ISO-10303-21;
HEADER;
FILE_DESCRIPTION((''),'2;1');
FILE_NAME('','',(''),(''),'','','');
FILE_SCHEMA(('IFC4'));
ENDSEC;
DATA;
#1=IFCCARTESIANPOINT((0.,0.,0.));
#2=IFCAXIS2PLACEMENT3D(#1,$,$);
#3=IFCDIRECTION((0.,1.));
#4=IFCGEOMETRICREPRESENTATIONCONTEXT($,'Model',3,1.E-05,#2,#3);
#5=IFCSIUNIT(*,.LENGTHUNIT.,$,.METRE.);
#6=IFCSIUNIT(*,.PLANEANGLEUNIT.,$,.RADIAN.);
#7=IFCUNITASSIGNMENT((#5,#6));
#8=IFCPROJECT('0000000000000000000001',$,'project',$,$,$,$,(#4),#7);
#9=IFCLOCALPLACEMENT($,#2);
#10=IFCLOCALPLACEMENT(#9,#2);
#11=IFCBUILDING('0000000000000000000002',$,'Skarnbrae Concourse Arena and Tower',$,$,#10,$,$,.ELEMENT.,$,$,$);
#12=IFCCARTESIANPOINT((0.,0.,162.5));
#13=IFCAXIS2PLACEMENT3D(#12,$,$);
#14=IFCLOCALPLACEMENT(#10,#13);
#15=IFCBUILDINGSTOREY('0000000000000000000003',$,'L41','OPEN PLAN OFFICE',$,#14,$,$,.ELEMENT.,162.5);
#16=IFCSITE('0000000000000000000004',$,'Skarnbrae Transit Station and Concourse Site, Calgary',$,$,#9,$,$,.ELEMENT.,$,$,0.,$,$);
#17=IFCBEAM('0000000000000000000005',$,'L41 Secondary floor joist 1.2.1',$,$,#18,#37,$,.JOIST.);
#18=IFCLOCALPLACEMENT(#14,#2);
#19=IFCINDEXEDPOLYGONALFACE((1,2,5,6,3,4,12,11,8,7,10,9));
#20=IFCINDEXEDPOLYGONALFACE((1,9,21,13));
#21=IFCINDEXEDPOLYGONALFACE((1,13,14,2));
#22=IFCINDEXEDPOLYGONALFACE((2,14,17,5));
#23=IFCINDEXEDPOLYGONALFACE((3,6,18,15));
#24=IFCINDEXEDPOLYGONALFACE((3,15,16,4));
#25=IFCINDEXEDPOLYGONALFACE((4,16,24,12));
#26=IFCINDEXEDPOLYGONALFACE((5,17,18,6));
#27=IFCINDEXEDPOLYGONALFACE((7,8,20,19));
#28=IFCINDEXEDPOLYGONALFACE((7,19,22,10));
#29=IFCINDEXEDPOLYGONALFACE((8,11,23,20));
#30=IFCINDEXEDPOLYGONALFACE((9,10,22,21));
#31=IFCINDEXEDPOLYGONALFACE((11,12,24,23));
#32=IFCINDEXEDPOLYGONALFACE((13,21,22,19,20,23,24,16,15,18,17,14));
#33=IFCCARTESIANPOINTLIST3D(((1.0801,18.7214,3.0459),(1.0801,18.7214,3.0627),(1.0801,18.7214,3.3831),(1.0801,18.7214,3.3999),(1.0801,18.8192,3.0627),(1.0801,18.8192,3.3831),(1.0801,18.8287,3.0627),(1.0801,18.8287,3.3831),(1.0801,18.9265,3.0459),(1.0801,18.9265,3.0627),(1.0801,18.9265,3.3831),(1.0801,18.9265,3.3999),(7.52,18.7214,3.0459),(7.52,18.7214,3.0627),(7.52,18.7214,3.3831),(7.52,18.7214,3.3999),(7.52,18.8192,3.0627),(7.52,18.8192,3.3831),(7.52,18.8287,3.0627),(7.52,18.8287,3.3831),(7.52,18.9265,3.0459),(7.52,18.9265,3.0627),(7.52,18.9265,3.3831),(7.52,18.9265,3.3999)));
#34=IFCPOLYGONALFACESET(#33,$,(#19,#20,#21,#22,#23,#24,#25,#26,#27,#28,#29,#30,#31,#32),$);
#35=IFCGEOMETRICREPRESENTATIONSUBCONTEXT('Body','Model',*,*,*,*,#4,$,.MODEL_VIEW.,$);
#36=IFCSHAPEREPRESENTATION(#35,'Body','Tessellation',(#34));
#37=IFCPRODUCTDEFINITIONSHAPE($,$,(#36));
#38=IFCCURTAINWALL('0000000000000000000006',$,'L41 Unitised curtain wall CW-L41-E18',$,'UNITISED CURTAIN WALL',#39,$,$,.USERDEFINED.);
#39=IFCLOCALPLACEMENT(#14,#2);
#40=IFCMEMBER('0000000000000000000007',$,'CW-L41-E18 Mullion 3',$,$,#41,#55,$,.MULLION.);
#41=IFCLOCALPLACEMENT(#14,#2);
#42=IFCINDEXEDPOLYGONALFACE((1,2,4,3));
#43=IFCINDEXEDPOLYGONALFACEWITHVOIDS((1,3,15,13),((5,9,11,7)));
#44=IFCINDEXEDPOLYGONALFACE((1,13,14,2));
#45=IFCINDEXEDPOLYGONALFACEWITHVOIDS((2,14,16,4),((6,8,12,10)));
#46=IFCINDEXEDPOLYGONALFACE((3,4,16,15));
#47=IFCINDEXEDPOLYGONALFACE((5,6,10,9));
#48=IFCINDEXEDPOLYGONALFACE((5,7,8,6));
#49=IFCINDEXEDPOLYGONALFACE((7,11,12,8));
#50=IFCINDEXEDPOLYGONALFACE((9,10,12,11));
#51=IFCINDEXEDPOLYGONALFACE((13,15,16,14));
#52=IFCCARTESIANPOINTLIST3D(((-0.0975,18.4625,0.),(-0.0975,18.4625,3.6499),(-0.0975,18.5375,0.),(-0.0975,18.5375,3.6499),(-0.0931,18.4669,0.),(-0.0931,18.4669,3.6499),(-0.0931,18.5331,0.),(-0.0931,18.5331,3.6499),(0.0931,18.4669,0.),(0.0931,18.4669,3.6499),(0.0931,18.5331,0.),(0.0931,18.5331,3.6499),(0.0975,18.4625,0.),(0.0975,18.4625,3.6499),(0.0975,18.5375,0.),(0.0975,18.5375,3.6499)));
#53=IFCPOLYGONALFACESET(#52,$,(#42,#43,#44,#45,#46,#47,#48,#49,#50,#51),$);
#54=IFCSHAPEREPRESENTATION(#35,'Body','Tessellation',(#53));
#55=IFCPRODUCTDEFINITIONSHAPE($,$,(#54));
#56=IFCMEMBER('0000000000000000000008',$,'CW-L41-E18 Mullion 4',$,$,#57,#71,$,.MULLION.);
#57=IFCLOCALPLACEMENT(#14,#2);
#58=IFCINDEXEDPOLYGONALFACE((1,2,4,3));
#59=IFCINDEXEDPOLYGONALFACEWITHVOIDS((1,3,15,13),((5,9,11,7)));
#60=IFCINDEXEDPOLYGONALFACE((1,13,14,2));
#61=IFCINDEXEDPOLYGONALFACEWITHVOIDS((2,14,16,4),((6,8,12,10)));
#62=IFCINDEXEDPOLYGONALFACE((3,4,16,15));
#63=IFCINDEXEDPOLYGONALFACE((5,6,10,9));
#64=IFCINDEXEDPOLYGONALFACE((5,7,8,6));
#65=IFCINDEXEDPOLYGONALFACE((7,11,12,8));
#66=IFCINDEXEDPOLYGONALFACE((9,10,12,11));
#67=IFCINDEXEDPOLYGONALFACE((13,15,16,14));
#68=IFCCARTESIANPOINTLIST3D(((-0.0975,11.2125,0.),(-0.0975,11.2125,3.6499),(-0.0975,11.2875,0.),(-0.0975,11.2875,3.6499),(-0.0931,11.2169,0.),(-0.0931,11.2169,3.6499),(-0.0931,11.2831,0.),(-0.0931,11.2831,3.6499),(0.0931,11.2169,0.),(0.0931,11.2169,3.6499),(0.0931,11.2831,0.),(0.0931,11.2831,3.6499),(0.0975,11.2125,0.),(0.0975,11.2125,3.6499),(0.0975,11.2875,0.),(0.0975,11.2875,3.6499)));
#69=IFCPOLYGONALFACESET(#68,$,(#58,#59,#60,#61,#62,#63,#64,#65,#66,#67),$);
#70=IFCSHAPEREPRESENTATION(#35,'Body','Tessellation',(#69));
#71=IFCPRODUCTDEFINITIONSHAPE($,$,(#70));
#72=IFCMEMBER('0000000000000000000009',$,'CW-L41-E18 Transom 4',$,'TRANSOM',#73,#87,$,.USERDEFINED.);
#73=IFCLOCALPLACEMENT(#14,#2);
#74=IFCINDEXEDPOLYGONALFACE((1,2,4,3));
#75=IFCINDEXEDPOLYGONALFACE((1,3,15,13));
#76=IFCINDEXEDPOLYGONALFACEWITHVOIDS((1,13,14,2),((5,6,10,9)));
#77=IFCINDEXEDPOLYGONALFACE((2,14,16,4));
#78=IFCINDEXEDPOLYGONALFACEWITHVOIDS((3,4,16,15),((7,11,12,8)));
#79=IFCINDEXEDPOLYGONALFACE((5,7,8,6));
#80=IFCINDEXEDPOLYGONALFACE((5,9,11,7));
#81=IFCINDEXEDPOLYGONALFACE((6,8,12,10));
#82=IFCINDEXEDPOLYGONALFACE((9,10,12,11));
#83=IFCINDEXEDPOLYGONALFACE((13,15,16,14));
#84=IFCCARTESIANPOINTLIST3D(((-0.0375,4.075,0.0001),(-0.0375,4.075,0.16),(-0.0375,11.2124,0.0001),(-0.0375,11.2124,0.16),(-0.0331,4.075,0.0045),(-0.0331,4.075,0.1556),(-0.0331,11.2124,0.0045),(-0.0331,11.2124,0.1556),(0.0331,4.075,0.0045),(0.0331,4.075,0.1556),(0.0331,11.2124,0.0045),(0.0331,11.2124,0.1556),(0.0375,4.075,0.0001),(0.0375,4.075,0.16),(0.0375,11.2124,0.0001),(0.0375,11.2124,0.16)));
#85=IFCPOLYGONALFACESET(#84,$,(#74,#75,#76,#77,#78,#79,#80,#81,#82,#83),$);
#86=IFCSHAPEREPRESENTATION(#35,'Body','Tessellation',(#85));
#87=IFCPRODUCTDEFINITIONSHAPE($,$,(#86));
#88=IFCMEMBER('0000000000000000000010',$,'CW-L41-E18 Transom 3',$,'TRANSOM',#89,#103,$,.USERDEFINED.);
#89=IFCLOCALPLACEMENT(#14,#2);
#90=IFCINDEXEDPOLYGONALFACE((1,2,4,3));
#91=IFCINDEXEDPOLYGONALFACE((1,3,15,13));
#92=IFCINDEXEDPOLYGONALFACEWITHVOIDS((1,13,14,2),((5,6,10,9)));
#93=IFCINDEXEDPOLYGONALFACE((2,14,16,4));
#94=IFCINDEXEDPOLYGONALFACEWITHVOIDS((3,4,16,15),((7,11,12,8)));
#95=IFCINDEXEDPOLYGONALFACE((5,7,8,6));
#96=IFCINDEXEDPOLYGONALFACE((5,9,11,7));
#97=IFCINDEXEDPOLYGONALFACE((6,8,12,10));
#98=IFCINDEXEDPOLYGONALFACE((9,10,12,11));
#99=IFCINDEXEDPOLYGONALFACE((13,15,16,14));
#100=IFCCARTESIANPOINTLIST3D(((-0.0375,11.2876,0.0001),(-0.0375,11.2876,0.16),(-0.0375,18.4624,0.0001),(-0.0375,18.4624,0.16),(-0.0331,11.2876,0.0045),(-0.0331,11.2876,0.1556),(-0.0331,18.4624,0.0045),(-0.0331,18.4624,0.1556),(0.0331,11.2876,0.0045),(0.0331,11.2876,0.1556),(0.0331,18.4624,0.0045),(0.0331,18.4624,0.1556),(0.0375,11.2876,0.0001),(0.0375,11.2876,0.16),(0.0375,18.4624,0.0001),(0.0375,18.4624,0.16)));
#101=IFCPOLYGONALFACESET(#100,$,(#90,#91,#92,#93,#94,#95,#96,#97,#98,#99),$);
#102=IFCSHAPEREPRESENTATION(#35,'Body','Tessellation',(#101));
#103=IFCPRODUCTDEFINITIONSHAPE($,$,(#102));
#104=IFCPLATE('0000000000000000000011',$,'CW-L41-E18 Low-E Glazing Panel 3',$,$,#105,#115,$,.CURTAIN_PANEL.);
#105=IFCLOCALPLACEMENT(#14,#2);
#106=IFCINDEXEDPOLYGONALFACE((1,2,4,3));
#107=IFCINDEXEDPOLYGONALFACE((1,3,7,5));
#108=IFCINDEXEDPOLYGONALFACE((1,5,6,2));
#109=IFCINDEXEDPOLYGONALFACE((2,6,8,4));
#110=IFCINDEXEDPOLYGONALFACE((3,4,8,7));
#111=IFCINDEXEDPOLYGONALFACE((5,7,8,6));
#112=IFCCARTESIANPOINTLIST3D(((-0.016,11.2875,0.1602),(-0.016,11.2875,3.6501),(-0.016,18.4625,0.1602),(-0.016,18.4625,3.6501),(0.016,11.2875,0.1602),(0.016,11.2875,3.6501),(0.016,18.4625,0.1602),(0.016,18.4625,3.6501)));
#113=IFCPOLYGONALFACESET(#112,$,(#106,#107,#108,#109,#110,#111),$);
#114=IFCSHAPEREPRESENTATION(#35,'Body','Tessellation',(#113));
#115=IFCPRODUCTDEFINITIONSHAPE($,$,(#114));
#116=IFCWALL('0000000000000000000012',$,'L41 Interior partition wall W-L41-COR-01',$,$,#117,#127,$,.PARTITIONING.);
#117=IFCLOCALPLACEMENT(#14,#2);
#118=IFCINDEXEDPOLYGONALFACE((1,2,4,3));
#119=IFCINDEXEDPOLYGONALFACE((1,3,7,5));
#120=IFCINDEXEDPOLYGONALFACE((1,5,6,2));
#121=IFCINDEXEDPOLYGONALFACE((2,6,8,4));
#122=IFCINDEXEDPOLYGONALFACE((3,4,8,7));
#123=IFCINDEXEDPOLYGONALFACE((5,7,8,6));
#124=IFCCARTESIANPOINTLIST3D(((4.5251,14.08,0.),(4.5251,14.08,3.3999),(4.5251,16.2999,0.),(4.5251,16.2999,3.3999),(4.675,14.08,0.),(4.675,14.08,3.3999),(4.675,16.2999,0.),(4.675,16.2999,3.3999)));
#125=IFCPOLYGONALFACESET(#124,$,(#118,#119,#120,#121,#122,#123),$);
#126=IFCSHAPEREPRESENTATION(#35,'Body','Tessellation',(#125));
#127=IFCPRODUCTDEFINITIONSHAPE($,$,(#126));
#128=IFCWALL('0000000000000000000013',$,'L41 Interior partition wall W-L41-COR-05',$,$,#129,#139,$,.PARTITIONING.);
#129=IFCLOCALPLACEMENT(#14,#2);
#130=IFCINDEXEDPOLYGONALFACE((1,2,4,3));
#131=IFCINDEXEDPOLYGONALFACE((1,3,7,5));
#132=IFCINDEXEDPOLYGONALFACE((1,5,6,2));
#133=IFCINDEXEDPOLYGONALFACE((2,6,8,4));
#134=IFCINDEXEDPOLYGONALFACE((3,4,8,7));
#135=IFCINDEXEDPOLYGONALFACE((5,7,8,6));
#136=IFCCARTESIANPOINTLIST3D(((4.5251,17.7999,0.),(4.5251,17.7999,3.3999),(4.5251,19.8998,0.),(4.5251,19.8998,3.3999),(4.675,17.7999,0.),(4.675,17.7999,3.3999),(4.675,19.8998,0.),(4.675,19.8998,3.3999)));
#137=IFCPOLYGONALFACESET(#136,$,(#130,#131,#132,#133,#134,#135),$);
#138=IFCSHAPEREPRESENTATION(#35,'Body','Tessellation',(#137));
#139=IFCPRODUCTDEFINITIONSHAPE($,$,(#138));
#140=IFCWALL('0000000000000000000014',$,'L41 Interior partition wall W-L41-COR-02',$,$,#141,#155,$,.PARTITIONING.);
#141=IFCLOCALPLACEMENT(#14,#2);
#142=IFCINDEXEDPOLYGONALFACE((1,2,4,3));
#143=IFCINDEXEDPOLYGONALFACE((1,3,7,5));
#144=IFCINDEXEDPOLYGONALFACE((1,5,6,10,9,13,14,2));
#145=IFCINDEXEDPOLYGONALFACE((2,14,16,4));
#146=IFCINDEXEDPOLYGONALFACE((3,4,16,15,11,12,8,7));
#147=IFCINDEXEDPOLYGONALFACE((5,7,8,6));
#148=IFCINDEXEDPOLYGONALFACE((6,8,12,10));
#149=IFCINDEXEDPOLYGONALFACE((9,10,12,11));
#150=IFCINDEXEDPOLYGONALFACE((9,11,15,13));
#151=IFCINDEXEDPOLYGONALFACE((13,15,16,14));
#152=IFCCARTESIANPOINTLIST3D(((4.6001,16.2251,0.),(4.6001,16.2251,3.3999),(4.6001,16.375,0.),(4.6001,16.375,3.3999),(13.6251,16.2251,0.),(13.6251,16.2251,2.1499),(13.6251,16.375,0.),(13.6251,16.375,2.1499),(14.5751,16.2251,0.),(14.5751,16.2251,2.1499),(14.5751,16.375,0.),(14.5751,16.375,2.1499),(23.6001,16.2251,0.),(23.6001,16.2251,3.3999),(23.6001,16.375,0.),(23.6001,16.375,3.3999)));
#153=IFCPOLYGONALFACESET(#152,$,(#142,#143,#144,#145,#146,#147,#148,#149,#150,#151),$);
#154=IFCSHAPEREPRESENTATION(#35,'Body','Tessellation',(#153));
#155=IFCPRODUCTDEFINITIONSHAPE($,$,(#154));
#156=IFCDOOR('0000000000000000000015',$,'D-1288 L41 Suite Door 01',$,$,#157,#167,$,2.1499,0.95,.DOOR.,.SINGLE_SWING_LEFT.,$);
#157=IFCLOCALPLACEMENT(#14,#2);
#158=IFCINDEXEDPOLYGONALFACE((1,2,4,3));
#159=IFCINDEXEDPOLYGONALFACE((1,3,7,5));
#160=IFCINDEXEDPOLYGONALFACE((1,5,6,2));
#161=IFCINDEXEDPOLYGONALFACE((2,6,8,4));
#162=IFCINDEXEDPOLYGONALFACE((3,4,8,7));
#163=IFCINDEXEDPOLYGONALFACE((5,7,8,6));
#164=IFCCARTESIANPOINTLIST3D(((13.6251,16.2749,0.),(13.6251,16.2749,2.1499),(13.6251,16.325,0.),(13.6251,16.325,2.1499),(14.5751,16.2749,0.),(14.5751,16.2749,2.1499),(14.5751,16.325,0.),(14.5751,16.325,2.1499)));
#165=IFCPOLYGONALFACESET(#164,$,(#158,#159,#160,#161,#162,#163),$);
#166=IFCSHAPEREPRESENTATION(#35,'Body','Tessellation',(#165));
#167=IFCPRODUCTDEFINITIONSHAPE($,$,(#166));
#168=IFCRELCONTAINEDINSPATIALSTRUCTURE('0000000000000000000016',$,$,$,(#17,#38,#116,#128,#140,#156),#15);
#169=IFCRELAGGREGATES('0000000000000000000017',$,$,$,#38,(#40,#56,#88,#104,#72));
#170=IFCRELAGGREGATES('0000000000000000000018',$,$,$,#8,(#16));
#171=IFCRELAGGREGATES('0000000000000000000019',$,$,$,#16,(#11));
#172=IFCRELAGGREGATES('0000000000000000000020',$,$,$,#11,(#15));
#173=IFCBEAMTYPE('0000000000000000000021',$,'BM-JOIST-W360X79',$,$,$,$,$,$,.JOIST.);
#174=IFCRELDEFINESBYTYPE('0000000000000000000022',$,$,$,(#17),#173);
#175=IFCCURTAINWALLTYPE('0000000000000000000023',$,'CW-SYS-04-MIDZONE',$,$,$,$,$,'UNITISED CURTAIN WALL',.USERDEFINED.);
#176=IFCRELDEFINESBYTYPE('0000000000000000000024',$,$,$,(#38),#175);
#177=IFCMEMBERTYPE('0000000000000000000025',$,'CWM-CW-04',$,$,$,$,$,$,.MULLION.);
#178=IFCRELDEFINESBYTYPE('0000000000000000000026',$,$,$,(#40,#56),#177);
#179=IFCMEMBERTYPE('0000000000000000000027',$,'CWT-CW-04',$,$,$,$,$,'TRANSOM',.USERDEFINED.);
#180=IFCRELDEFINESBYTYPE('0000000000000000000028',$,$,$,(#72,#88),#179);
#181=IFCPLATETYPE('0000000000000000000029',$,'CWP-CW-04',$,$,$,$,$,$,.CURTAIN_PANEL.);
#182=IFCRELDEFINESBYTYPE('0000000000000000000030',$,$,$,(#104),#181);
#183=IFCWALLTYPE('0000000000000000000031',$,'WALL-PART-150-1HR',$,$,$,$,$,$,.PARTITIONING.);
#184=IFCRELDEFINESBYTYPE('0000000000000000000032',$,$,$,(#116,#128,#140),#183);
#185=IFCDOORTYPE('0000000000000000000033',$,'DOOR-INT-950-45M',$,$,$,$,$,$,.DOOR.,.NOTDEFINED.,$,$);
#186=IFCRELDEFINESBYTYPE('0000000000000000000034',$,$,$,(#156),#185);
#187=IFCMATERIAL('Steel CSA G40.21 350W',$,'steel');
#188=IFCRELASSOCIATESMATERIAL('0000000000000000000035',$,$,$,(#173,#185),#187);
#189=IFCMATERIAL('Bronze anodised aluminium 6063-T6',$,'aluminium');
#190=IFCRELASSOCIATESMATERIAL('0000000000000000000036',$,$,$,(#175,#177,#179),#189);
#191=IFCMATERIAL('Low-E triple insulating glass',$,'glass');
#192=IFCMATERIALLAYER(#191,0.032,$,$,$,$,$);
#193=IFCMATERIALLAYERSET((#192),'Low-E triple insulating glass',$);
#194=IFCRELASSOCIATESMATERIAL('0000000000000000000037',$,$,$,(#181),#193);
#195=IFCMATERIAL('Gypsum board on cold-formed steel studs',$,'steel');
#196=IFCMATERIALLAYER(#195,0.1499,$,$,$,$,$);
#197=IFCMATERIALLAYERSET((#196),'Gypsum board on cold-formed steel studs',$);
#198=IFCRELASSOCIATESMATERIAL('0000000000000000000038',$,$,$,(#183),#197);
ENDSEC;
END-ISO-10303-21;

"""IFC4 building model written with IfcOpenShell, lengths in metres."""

from ifc_helpers import new_model, si_unit, direction, frame, frame_2d, origin, origin_2d, place, context, subcontext, project, spatial, rectangle, hollow_rectangle, i_section, extrude, source, transform, mapped, material, layer, layer_set, material_profile, profile_set, type_object, element, fill, aggregate, save


model = new_model("IFC4")

# Units and contexts
model_context = context("Model", 3, precision=1e-05, world=origin(), true_north=direction((0.0, 1.0)))
body_context = subcontext(model_context, "Body", "Model", "MODEL_VIEW")
ifc_project = project(units=[si_unit("LENGTHUNIT", "METRE"), si_unit("PLANEANGLEUNIT", "RADIAN")], contexts=[model_context])

# Site, building, storey
site_placement = place(None, origin())
site = spatial("IfcSite", under=ifc_project, at=site_placement, Name="Skarnbrae Transit Station and Concourse Site, Calgary", CompositionType="ELEMENT", RefElevation=0.0)
building_placement = place(site_placement, origin())
building = spatial("IfcBuilding", under=site, at=building_placement, Name="Skarnbrae Concourse Arena and Tower", CompositionType="ELEMENT")
storey_placement = place(building_placement, frame((0.0, 0.0, 162.5)))
storey = spatial("IfcBuildingStorey", under=building, at=storey_placement, Name="L41", Description="OPEN PLAN OFFICE", CompositionType="ELEMENT", Elevation=162.5)

# Shared definitions
ifc_material_1 = material(Name="Steel CSA G40.21 350W", Category="steel")

# Beam
ifc_material_profile_1 = material_profile(ifc_material_1, i_section(OverallWidth=0.2051, OverallDepth=0.354, WebThickness=0.0095, FlangeThickness=0.0168, at=origin_2d()), Name="W360X79")
ifc_profile_set_1 = profile_set([ifc_material_profile_1], Name="Steel CSA G40.21 350W")
beam_type_1 = type_object("IfcBeamType", Name="BM-JOIST-W360X79", PredefinedType="JOIST", material=ifc_profile_set_1)
shared_shape_1 = source(origin(), body_context, "Body", "SweptSolid", [
    extrude(i_section(OverallWidth=0.2051, OverallDepth=0.354, WebThickness=0.0095, FlangeThickness=0.0168, at=origin_2d()), origin(), (0.0, 0.0, 1.0), 6.4399),
])
for number, where, z_axis, x_axis, name in (
    (1, (1.0801, 18.824, 3.2229), (1.0, 0.0, 0.0), (0.0, 1.0, 0.0), "L41 Secondary floor joist 1.2.1"),
):
    element("IfcBeam", number, at=place(storey_placement, frame(where, z_axis=z_axis, x_axis=x_axis)), inside=storey, type_object=beam_type_1, Name=name, PredefinedType="JOIST", context=body_context, shape_type="MappedRepresentation", body=[
        mapped(shared_shape_1, transform((0.0, 0.0, 0.0))),
    ])

# Curtain wall, members, plate
ifc_material_2 = material(Name="Bronze anodised aluminium 6063-T6", Category="aluminium")
curtain_wall_type = type_object("IfcCurtainWallType", Name="CW-SYS-04-MIDZONE", ElementType="UNITISED CURTAIN WALL", PredefinedType="USERDEFINED", material=ifc_material_2)
curtain_wall_placement = place(storey_placement, origin())
curtain_wall = element("IfcCurtainWall", 2, at=curtain_wall_placement, inside=storey, type_object=curtain_wall_type, Name="L41 Unitised curtain wall CW-L41-E18", ObjectType="UNITISED CURTAIN WALL", PredefinedType="USERDEFINED")
ifc_material_profile_2 = material_profile(ifc_material_2, hollow_rectangle(XDim=0.075, YDim=0.1951, WallThickness=0.0044, at=origin_2d()), Name="ALU-MULL-75X195")
ifc_profile_set_2 = profile_set([ifc_material_profile_2], Name="Bronze anodised aluminium 6063-T6")
member_type_1 = type_object("IfcMemberType", Name="CWM-CW-04", PredefinedType="MULLION", material=ifc_profile_set_2)
shared_shape_2 = source(origin(), body_context, "Body", "SweptSolid", [
    extrude(hollow_rectangle(XDim=0.075, YDim=0.1951, WallThickness=0.0044, at=origin_2d()), origin(), (0.0, 0.0, 1.0), 3.6499),
])
member_1_placement = place(storey_placement, frame((0.0, 18.5, 0.0), z_axis=(0.0, 0.0, 1.0), x_axis=(0.0, -1.0, 0.0)))
member_1 = element("IfcMember", 3, at=member_1_placement, type_object=member_type_1, Name="CW-L41-E18 Mullion 3", PredefinedType="MULLION", context=body_context, shape_type="MappedRepresentation", body=[
    mapped(shared_shape_2, transform((0.0, 0.0, 0.0))),
])
member_2_placement = place(storey_placement, frame((0.0, 11.25, 0.0), z_axis=(0.0, 0.0, 1.0), x_axis=(0.0, -1.0, 0.0)))
member_2 = element("IfcMember", 4, at=member_2_placement, type_object=member_type_1, Name="CW-L41-E18 Mullion 4", PredefinedType="MULLION", context=body_context, shape_type="MappedRepresentation", body=[
    mapped(shared_shape_2, transform((0.0, 0.0, 0.0))),
])
ifc_material_profile_3 = material_profile(ifc_material_2, hollow_rectangle(XDim=0.075, YDim=0.1599, WallThickness=0.0044, at=origin_2d()), Name="ALU-TRAN-75X160")
ifc_profile_set_3 = profile_set([ifc_material_profile_3], Name="Bronze anodised aluminium 6063-T6")
member_type_2 = type_object("IfcMemberType", Name="CWT-CW-04", ElementType="TRANSOM", PredefinedType="USERDEFINED", material=ifc_profile_set_3)
shared_shape_3 = source(origin(), body_context, "Body", "SweptSolid", [
    extrude(hollow_rectangle(XDim=0.075, YDim=0.1599, WallThickness=0.0044, at=origin_2d()), origin(), (0.0, 0.0, 1.0), 7.1375),
])
member_3_placement = place(storey_placement, frame((0.0, 11.2124, 0.0801), z_axis=(0.0, -1.0, 0.0), x_axis=(1.0, 0.0, 0.0)))
member_3 = element("IfcMember", 5, at=member_3_placement, type_object=member_type_2, Name="CW-L41-E18 Transom 4", ObjectType="TRANSOM", PredefinedType="USERDEFINED", context=body_context, shape_type="MappedRepresentation", body=[
    mapped(shared_shape_3, transform((0.0, 0.0, 0.0))),
])
shared_shape_4 = source(origin(), body_context, "Body", "SweptSolid", [
    extrude(hollow_rectangle(XDim=0.075, YDim=0.1599, WallThickness=0.0044, at=origin_2d()), origin(), (0.0, 0.0, 1.0), 7.1748),
])
member_4_placement = place(storey_placement, frame((0.0, 18.4624, 0.0801), z_axis=(0.0, -1.0, 0.0), x_axis=(1.0, 0.0, 0.0)))
member_4 = element("IfcMember", 6, at=member_4_placement, type_object=member_type_2, Name="CW-L41-E18 Transom 3", ObjectType="TRANSOM", PredefinedType="USERDEFINED", context=body_context, shape_type="MappedRepresentation", body=[
    mapped(shared_shape_4, transform((0.0, 0.0, 0.0))),
])
ifc_material_3 = material(Name="Low-E triple insulating glass", Category="glass")
ifc_layer_1 = layer(ifc_material_3, 0.032)
ifc_layer_set_1 = layer_set([ifc_layer_1], Name="Low-E triple insulating glass")
plate_type = type_object("IfcPlateType", Name="CWP-CW-04", PredefinedType="CURTAIN_PANEL", material=ifc_layer_set_1)
shared_shape_5 = source(origin(), body_context, "Body", "SweptSolid", [
    extrude(rectangle(XDim=7.175, YDim=0.032, at=origin_2d()), origin(), (0.0, 0.0, 1.0), 3.49),
])
plate_placement = place(storey_placement, frame((0.0, 14.875, 0.1602), z_axis=(0.0, 0.0, 1.0), x_axis=(0.0, -1.0, 0.0)))
plate = element("IfcPlate", 7, at=plate_placement, type_object=plate_type, Name="CW-L41-E18 Low-E Glazing Panel 3", PredefinedType="CURTAIN_PANEL", context=body_context, shape_type="MappedRepresentation", body=[
    mapped(shared_shape_5, transform((0.0, 0.0, 0.0))),
])
aggregate(curtain_wall, [member_1, member_2, member_4, plate, member_3])

# Walls
ifc_material_4 = material(Name="Gypsum board on cold-formed steel studs", Category="steel")
ifc_layer_2 = layer(ifc_material_4, 0.1499)
ifc_layer_set_2 = layer_set([ifc_layer_2], Name="Gypsum board on cold-formed steel studs")
wall_type_1 = type_object("IfcWallType", Name="WALL-PART-150-1HR", PredefinedType="PARTITIONING", material=ifc_layer_set_2)
shared_shape_6 = source(origin(), body_context, "Body", "SweptSolid", [
    extrude(rectangle(XDim=2.22, YDim=0.1499, at=frame_2d((1.1099, 0.0))), origin(), (0.0, 0.0, 1.0), 3.3999),
])
wall_1_placement = place(storey_placement, frame((4.6001, 14.0801, 0.0), z_axis=(0.0, 0.0, 1.0), x_axis=(0.0, 1.0, 0.0)))
element("IfcWall", 8, at=wall_1_placement, inside=storey, type_object=wall_type_1, Name="L41 Interior partition wall W-L41-COR-01", PredefinedType="PARTITIONING", context=body_context, shape_type="MappedRepresentation", body=[
    mapped(shared_shape_6, transform((0.0, 0.0, 0.0))),
])
shared_shape_7 = source(origin(), body_context, "Body", "SweptSolid", [
    extrude(rectangle(XDim=2.0999, YDim=0.1499, at=frame_2d((1.0498, 0.0))), origin(), (0.0, 0.0, 1.0), 3.3999),
])
wall_2_placement = place(storey_placement, frame((4.6001, 17.8, 0.0), z_axis=(0.0, 0.0, 1.0), x_axis=(0.0, 1.0, 0.0)))
element("IfcWall", 9, at=wall_2_placement, inside=storey, type_object=wall_type_1, Name="L41 Interior partition wall W-L41-COR-05", PredefinedType="PARTITIONING", context=body_context, shape_type="MappedRepresentation", body=[
    mapped(shared_shape_7, transform((0.0, 0.0, 0.0))),
])

# Wall, opening, door
shared_shape_8 = source(origin(), body_context, "Body", "SweptSolid", [
    extrude(rectangle(XDim=19.0, YDim=0.1499, at=frame_2d((9.5, 0.0))), origin(), (0.0, 0.0, 1.0), 3.3999),
])
wall_3_placement = place(storey_placement, frame((4.6001, 16.3, 0.0), z_axis=(0.0, 0.0, 1.0), x_axis=(1.0, 0.0, 0.0)))
wall_3 = element("IfcWall", 10, at=wall_3_placement, inside=storey, type_object=wall_type_1, Name="L41 Interior partition wall W-L41-COR-02", PredefinedType="PARTITIONING", context=body_context, shape_type="MappedRepresentation", body=[
    mapped(shared_shape_8, transform((0.0, 0.0, 0.0))),
])
opening_1_placement = place(wall_3_placement, frame((9.0249, 0.0, 0.0)))
opening_1 = element("IfcOpeningElement", 11, at=opening_1_placement, cuts=wall_3, PredefinedType="OPENING", context=body_context, shape_type="SweptSolid", body=[
    extrude(rectangle(XDim=0.95, YDim=2.1499, at=frame_2d((0.4751, 1.075))), frame((0.0, 0.085, 0.0), z_axis=(0.0, -1.0, 0.0), x_axis=(1.0, 0.0, 0.0)), (0.0, 0.0, 1.0), 0.1699),
])
door_type_1 = type_object("IfcDoorType", Name="DOOR-INT-950-45M", OperationType="NOTDEFINED", PredefinedType="DOOR", material=ifc_material_1)
shared_shape_9 = source(origin(), body_context, "Body", "SweptSolid", [
    extrude(rectangle(XDim=0.95, YDim=2.1499, at=frame_2d((0.4751, 1.075))), frame((0.0, 0.0249, 0.0), z_axis=(0.0, -1.0, 0.0), x_axis=(1.0, 0.0, 0.0)), (0.0, 0.0, 1.0), 0.05),
])
door_1_placement = place(opening_1_placement, origin())
door_1 = element("IfcDoor", 12, at=door_1_placement, inside=storey, type_object=door_type_1, Name="D-1288 L41 Suite Door 01", OperationType="SINGLE_SWING_LEFT", OverallHeight=2.1499, OverallWidth=0.95, PredefinedType="DOOR", context=body_context, shape_type="MappedRepresentation", body=[
    mapped(shared_shape_9, transform((0.0, 0.0, 0.0))),
])
fill(opening_1, door_1)

save(model, "model.ifc")
